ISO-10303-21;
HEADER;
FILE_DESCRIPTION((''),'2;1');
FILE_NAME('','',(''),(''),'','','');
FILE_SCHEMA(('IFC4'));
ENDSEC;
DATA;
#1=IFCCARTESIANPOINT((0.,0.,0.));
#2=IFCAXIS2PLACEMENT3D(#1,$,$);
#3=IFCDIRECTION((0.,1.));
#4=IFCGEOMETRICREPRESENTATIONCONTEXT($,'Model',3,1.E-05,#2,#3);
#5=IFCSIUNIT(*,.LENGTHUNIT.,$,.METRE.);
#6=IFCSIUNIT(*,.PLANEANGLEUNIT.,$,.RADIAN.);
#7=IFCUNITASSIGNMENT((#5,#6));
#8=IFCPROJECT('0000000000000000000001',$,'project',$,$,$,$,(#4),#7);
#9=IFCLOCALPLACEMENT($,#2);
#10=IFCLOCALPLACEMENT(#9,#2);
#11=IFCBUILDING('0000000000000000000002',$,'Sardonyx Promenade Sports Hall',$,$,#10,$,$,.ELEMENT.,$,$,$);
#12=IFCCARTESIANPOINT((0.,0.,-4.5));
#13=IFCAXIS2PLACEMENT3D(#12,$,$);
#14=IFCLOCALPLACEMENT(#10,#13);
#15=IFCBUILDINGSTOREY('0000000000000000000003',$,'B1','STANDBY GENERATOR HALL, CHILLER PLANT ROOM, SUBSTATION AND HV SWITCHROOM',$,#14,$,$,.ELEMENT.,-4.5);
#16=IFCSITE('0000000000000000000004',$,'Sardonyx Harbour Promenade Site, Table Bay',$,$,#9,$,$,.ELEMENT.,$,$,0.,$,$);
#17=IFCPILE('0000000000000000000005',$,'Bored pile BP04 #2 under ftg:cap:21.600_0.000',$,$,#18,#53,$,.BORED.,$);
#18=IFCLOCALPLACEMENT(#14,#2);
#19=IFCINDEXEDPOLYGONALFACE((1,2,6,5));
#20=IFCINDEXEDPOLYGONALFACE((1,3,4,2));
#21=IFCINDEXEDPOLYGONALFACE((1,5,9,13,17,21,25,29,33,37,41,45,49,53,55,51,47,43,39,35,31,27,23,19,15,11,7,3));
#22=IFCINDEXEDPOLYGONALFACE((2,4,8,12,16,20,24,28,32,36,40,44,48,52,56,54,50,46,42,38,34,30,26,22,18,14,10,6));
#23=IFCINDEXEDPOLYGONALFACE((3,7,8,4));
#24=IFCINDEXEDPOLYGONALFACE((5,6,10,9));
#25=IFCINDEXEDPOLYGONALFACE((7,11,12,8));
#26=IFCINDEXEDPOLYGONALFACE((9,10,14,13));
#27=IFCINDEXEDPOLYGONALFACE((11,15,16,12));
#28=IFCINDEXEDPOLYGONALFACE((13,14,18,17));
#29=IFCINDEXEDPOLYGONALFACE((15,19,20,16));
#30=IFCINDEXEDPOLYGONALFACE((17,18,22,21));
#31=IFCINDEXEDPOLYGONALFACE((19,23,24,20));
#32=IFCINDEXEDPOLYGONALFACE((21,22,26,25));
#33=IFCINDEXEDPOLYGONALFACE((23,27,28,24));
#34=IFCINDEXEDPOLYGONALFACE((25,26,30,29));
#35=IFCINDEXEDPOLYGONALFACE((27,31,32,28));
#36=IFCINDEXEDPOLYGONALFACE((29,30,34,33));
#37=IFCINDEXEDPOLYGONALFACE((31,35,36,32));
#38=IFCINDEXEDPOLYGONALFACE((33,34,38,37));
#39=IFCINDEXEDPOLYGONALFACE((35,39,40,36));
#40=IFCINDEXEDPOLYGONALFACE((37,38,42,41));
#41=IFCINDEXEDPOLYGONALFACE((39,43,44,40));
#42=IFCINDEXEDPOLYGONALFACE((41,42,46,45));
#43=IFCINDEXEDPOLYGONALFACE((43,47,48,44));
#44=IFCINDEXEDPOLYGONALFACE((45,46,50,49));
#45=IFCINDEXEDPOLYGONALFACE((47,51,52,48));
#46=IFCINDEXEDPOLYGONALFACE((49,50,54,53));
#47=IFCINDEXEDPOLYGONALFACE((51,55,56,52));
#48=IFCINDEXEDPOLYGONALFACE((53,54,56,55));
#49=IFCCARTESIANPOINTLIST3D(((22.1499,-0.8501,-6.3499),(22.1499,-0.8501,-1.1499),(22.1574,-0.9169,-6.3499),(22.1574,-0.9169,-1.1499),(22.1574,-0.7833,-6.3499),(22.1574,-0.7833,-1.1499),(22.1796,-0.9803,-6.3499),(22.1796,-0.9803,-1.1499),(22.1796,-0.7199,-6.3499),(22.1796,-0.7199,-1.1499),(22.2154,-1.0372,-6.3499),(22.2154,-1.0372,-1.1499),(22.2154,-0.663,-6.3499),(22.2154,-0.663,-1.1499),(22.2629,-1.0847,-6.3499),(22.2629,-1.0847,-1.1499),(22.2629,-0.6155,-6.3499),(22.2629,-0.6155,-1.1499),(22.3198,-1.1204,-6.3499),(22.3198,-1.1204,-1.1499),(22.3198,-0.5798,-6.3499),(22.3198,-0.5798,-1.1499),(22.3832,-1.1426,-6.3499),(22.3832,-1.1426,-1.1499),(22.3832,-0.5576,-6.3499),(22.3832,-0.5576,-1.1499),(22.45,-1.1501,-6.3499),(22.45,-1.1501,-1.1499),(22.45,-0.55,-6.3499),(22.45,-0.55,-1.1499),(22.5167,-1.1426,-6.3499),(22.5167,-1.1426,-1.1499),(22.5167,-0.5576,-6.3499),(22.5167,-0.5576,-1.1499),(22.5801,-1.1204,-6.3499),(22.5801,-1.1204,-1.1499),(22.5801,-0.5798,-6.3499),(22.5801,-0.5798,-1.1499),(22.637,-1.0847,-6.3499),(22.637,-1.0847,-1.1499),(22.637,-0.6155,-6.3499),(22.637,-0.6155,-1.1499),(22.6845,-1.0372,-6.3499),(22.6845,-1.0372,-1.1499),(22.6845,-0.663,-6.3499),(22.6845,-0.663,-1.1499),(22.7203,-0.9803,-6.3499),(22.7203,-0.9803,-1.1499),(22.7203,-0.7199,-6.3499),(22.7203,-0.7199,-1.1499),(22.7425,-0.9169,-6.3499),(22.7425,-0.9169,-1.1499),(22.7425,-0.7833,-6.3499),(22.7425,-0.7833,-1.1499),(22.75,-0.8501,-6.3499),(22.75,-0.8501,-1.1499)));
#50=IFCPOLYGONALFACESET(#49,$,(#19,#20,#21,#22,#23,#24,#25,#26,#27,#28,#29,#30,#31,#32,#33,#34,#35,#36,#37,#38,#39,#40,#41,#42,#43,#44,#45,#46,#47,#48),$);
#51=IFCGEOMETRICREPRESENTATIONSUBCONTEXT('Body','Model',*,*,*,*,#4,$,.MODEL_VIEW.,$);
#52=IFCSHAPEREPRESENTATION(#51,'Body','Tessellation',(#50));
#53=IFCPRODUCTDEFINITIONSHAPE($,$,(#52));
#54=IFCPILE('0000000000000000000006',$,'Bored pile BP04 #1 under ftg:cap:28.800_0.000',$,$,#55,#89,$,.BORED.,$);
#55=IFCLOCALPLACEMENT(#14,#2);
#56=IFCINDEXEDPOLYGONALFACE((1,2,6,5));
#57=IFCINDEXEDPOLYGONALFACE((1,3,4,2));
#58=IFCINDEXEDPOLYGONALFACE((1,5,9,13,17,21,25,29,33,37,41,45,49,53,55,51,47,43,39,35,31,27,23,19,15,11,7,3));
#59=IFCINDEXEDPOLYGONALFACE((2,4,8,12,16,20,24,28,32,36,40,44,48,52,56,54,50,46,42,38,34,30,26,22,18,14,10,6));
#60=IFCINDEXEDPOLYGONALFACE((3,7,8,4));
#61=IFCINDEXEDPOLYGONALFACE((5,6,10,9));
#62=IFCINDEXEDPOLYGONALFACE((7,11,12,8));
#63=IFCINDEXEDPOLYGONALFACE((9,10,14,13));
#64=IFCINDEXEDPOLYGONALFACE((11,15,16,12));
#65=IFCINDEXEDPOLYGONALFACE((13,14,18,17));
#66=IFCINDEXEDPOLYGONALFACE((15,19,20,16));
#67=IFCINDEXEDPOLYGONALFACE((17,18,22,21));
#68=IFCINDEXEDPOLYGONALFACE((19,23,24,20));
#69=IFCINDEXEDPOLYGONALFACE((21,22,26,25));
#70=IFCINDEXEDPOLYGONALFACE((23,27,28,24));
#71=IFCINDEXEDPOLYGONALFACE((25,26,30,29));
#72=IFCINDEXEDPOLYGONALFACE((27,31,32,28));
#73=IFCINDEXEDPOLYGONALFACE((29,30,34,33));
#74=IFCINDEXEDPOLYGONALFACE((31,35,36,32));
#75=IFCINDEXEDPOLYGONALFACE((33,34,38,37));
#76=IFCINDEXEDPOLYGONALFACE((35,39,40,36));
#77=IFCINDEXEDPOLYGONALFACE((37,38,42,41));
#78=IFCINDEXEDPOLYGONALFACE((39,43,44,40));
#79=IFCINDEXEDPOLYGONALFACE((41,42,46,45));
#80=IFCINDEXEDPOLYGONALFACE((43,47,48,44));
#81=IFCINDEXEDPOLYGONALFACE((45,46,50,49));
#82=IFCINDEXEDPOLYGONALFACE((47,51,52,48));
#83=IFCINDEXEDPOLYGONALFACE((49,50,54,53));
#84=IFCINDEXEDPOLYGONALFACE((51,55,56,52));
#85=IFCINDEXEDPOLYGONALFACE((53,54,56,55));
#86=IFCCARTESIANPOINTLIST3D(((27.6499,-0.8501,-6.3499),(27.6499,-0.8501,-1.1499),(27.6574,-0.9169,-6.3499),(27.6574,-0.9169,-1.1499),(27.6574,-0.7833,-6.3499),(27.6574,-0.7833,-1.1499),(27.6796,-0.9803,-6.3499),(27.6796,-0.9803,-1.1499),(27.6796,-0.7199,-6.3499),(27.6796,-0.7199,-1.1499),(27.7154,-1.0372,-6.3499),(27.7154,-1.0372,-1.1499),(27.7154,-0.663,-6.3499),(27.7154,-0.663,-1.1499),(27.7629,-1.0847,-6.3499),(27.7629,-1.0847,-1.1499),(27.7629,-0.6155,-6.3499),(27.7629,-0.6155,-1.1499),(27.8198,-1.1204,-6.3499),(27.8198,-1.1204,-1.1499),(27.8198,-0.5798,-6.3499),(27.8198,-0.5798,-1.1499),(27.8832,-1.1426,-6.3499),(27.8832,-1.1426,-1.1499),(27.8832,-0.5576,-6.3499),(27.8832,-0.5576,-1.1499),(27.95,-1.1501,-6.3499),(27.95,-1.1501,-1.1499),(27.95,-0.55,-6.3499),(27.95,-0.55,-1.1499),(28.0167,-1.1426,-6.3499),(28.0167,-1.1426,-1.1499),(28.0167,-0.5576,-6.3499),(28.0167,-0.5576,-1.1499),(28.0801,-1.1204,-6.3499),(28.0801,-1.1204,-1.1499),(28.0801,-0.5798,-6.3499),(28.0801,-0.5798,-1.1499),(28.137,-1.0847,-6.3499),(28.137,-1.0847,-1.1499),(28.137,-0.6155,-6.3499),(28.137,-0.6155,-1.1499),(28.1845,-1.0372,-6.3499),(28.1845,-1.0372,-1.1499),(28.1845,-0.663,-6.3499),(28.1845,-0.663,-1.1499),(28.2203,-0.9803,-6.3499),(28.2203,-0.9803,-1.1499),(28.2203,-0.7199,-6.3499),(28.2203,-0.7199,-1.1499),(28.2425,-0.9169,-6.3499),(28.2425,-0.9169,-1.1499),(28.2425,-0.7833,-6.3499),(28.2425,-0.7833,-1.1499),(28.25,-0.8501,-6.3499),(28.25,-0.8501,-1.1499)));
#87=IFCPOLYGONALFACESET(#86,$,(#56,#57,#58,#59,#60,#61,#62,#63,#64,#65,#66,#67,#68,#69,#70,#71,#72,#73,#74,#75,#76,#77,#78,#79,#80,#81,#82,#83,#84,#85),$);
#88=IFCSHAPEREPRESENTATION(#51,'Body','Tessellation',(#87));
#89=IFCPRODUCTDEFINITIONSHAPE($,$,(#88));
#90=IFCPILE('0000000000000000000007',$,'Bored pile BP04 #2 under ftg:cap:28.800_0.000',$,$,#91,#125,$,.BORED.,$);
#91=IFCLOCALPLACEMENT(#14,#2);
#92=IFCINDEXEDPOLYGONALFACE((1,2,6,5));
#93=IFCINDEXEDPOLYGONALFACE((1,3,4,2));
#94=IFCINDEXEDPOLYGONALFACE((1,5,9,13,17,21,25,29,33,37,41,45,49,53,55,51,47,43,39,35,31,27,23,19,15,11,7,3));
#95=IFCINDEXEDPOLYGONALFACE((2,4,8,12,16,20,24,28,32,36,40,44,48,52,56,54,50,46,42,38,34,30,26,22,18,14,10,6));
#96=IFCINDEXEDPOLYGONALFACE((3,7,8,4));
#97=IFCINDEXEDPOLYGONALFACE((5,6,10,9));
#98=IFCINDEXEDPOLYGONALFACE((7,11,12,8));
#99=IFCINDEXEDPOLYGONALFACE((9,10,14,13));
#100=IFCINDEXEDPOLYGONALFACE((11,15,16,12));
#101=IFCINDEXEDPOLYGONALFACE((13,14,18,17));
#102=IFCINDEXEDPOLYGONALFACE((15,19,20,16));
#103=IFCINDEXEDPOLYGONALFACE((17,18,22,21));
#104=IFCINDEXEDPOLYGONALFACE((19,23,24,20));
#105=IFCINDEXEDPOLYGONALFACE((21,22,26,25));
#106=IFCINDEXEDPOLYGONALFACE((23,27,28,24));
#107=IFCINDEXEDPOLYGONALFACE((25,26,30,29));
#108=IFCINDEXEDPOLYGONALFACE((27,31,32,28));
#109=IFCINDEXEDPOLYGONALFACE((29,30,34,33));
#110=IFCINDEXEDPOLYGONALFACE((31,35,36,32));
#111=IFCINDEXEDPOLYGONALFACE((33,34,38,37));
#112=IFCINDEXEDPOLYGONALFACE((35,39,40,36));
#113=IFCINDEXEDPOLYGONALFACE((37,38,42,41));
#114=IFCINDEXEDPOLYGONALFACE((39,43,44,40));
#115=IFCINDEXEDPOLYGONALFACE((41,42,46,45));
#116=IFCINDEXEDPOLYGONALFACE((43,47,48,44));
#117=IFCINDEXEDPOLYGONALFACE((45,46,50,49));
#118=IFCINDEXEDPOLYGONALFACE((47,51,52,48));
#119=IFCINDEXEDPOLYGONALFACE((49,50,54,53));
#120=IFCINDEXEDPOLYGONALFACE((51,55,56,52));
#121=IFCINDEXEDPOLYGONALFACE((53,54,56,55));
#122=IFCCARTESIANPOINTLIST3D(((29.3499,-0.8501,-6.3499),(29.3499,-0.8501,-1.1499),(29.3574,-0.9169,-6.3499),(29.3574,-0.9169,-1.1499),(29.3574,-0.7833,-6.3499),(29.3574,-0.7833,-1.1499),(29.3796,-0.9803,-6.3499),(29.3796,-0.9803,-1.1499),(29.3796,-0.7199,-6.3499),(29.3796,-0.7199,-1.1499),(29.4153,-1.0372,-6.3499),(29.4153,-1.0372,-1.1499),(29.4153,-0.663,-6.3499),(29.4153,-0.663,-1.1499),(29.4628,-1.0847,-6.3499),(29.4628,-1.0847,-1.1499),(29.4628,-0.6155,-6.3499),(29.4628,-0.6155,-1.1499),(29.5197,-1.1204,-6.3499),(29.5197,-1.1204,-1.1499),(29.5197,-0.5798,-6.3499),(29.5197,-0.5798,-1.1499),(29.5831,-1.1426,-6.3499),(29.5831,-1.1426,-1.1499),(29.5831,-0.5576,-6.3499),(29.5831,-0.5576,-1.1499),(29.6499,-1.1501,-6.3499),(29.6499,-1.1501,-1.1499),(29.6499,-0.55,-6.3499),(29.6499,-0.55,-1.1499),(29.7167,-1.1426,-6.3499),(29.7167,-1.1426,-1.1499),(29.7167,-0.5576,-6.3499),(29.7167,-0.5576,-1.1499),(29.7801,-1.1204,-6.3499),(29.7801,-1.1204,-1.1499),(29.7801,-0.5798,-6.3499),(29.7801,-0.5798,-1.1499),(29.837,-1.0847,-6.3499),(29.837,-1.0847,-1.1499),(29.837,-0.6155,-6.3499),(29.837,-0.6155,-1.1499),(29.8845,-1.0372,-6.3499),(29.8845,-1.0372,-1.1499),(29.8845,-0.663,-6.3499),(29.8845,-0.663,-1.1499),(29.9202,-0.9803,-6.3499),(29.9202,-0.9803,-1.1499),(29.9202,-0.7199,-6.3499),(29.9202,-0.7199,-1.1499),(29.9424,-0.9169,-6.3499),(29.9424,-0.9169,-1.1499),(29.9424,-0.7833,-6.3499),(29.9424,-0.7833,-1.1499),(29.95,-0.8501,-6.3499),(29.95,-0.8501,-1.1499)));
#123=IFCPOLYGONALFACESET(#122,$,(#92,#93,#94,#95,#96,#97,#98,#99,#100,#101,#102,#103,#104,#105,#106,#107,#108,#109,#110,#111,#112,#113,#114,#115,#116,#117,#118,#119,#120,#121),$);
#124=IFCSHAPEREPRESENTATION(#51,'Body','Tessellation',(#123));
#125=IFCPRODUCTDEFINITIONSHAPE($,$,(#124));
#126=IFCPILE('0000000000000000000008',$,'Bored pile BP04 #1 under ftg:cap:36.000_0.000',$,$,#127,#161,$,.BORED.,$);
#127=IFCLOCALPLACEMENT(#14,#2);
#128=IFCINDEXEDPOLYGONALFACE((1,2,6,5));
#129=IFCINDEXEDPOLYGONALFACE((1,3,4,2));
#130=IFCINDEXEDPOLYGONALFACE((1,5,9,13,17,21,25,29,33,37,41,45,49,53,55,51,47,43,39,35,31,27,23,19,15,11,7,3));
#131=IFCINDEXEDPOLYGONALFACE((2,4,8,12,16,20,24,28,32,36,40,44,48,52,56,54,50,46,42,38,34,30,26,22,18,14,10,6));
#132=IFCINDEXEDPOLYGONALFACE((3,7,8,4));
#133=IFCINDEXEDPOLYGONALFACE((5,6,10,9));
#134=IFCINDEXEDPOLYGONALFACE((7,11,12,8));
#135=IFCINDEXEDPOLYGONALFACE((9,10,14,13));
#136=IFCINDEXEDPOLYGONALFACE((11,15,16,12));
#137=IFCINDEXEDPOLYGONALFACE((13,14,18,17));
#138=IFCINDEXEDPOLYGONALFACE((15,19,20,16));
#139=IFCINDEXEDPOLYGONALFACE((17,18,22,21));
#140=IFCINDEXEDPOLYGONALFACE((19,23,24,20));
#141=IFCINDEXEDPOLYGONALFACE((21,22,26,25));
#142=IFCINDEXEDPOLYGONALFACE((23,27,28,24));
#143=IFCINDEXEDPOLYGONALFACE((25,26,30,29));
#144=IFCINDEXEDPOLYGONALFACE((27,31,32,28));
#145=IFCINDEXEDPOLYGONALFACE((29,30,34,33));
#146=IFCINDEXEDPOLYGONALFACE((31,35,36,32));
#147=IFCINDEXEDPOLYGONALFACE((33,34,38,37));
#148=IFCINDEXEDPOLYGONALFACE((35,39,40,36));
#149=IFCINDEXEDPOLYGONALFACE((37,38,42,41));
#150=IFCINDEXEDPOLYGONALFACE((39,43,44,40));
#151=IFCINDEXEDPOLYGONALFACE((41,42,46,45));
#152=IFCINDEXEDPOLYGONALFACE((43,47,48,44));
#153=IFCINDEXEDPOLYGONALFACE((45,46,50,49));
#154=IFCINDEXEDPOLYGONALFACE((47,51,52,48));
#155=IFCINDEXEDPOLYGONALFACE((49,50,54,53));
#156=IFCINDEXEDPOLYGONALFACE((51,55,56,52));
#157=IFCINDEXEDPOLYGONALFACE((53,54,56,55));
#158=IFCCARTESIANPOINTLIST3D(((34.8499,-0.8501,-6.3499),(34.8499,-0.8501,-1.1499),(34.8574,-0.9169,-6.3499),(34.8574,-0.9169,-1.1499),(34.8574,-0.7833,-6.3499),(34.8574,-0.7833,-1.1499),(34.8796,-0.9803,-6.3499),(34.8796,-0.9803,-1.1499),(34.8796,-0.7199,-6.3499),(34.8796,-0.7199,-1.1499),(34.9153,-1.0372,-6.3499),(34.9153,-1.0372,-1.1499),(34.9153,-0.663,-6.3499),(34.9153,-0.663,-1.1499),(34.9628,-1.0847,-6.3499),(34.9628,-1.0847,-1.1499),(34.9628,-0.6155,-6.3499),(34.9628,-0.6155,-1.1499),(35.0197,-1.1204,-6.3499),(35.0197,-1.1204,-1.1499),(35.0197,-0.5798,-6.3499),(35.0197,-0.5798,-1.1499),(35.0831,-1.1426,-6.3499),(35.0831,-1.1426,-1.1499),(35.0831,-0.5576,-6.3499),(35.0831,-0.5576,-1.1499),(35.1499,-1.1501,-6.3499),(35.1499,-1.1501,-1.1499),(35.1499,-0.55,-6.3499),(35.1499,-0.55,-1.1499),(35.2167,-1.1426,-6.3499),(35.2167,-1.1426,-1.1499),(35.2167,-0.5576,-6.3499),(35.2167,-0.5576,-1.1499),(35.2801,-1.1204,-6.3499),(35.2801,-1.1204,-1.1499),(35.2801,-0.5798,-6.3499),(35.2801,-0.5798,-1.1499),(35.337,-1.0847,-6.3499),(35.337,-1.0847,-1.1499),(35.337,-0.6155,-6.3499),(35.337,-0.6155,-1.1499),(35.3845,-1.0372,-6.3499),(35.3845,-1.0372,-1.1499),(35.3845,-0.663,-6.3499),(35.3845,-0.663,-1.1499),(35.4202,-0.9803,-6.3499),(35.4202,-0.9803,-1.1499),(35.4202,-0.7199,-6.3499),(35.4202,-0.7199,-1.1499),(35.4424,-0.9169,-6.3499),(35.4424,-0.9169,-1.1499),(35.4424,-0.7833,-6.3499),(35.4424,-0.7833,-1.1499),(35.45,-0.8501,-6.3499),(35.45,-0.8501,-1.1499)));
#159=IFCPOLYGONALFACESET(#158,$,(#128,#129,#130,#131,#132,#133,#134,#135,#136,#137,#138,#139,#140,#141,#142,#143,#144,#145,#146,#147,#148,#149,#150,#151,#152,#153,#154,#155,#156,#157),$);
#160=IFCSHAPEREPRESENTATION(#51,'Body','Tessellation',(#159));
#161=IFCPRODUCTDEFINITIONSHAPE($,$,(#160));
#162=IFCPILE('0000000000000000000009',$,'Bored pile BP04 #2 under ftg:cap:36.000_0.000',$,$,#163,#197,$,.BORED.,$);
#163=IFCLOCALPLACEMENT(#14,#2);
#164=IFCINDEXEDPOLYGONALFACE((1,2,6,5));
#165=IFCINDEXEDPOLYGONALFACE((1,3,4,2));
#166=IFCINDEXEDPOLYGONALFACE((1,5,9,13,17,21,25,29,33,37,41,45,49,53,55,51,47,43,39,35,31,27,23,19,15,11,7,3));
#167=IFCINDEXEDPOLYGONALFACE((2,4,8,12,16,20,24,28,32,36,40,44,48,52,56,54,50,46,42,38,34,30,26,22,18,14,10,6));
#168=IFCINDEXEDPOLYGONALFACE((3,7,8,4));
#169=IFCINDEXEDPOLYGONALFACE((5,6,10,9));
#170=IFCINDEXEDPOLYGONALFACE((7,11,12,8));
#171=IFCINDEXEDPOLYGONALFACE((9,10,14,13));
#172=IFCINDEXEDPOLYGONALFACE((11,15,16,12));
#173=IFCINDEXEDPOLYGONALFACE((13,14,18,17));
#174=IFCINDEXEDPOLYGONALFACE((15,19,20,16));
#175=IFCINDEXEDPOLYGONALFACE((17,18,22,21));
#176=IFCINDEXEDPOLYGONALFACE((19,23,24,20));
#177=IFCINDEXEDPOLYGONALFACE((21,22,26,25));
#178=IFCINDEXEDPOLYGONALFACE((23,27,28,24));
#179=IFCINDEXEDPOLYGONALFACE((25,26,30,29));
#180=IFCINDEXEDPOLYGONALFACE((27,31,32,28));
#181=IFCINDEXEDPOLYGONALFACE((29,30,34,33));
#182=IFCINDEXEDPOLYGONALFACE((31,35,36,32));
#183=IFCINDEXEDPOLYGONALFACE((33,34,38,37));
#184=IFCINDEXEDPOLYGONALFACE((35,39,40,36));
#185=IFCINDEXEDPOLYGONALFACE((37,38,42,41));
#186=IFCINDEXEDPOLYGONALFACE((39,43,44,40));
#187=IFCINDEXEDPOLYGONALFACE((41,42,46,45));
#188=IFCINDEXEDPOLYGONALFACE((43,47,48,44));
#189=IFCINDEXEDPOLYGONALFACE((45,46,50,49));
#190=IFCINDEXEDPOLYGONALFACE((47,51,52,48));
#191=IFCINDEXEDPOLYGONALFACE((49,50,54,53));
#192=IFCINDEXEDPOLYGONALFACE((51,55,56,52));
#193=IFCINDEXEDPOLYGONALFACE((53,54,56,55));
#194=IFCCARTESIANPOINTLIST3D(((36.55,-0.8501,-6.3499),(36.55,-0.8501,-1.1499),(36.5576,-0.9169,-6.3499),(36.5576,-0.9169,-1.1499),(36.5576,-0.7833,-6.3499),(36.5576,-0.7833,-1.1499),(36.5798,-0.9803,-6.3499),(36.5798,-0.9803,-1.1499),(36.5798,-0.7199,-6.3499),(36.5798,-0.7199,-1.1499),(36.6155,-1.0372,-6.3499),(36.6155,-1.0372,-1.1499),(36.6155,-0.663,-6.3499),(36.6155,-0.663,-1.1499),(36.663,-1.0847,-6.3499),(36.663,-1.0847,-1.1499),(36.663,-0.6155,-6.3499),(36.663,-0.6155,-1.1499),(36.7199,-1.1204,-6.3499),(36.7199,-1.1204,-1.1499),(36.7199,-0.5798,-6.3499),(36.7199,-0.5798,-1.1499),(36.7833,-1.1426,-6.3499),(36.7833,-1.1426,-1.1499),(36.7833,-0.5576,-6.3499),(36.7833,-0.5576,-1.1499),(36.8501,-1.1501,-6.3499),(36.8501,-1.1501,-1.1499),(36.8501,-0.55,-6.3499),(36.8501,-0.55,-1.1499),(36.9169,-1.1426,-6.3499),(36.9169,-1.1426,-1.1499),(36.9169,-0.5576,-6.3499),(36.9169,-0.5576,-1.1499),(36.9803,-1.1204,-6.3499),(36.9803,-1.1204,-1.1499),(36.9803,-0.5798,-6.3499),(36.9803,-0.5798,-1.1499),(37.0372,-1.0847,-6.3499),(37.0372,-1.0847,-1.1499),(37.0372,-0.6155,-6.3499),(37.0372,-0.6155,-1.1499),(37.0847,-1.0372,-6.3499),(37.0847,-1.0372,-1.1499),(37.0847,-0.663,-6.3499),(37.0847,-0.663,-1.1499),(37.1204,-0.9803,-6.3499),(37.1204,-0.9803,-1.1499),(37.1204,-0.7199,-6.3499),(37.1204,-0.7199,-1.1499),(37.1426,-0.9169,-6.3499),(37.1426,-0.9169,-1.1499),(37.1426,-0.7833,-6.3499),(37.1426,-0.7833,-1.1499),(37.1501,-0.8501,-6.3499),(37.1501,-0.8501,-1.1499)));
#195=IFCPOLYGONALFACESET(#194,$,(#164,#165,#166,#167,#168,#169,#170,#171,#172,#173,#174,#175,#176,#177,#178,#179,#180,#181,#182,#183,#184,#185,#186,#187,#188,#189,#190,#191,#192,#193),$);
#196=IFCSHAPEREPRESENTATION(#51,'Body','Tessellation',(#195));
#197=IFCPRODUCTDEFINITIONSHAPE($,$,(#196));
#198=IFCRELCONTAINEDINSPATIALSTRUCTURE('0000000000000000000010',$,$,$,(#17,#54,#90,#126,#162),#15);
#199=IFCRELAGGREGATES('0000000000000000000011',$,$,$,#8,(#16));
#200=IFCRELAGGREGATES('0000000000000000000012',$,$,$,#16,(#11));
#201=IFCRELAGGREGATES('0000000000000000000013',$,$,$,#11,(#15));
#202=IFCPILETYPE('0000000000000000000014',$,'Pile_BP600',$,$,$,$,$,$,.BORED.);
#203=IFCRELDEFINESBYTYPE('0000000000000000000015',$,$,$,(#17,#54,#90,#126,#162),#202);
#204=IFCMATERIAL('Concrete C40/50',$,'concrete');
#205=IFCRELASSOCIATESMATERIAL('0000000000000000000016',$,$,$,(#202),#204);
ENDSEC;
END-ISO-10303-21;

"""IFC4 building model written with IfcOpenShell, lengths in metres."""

from ifc_helpers import new_model, si_unit, direction, frame, origin, origin_2d, place, context, subcontext, project, spatial, circle, extrude, material, material_profile, profile_set, type_object, element, save


model = new_model("IFC4")

# Units and contexts
model_context = context("Model", 3, precision=1e-05, world=origin(), true_north=direction((0.0, 1.0)))
body_context = subcontext(model_context, "Body", "Model", "MODEL_VIEW")
ifc_project = project(units=[si_unit("LENGTHUNIT", "METRE"), si_unit("PLANEANGLEUNIT", "RADIAN")], contexts=[model_context])

# Site, building, storey
site_placement = place(None, origin())
site = spatial("IfcSite", under=ifc_project, at=site_placement, Name="Sardonyx Harbour Promenade Site, Table Bay", CompositionType="ELEMENT", RefElevation=0.0)
building_placement = place(site_placement, origin())
building = spatial("IfcBuilding", under=site, at=building_placement, Name="Sardonyx Promenade Sports Hall", CompositionType="ELEMENT")
storey_placement = place(building_placement, frame((0.0, 0.0, -4.5)))
storey = spatial("IfcBuildingStorey", under=building, at=storey_placement, Name="B1", Description="STANDBY GENERATOR HALL, CHILLER PLANT ROOM, SUBSTATION AND HV SWITCHROOM", CompositionType="ELEMENT", Elevation=-4.5)

# Piles
ifc_material_1 = material(Name="Concrete C40/50", Category="concrete")
ifc_material_profile = material_profile(ifc_material_1, circle(Radius=0.3, at=origin_2d()))
ifc_profile_set = profile_set([ifc_material_profile], Name="Concrete C40/50")
pile_type = type_object("IfcPileType", Name="Pile_BP600", PredefinedType="BORED", material=ifc_profile_set)
for number, where, z_axis, x_axis, name in (
    (1, (22.45, -0.8501, -1.1499), (0.0, 0.0, -1.0), (1.0, 0.0, 0.0), "Bored pile BP04 #2 under ftg:cap:21.600_0.000"),
    (2, (27.95, -0.8501, -1.1499), (0.0, 0.0, -1.0), (1.0, 0.0, 0.0), "Bored pile BP04 #1 under ftg:cap:28.800_0.000"),
    (3, (29.6499, -0.8501, -1.1499), (0.0, 0.0, -1.0), (1.0, 0.0, 0.0), "Bored pile BP04 #2 under ftg:cap:28.800_0.000"),
    (4, (35.1499, -0.8501, -1.1499), (0.0, 0.0, -1.0), (1.0, 0.0, 0.0), "Bored pile BP04 #1 under ftg:cap:36.000_0.000"),
    (5, (36.8501, -0.8501, -1.1499), (0.0, 0.0, -1.0), (1.0, 0.0, 0.0), "Bored pile BP04 #2 under ftg:cap:36.000_0.000"),
):
    element("IfcPile", number, at=place(storey_placement, frame(where, z_axis=z_axis, x_axis=x_axis)), inside=storey, type_object=pile_type, Name=name, PredefinedType="BORED", context=body_context, shape_type="SweptSolid", body=[
        extrude(circle(Radius=0.3, at=origin_2d()), origin(), (0.0, 0.0, 1.0), 5.2),
    ])

save(model, "model.ifc")
